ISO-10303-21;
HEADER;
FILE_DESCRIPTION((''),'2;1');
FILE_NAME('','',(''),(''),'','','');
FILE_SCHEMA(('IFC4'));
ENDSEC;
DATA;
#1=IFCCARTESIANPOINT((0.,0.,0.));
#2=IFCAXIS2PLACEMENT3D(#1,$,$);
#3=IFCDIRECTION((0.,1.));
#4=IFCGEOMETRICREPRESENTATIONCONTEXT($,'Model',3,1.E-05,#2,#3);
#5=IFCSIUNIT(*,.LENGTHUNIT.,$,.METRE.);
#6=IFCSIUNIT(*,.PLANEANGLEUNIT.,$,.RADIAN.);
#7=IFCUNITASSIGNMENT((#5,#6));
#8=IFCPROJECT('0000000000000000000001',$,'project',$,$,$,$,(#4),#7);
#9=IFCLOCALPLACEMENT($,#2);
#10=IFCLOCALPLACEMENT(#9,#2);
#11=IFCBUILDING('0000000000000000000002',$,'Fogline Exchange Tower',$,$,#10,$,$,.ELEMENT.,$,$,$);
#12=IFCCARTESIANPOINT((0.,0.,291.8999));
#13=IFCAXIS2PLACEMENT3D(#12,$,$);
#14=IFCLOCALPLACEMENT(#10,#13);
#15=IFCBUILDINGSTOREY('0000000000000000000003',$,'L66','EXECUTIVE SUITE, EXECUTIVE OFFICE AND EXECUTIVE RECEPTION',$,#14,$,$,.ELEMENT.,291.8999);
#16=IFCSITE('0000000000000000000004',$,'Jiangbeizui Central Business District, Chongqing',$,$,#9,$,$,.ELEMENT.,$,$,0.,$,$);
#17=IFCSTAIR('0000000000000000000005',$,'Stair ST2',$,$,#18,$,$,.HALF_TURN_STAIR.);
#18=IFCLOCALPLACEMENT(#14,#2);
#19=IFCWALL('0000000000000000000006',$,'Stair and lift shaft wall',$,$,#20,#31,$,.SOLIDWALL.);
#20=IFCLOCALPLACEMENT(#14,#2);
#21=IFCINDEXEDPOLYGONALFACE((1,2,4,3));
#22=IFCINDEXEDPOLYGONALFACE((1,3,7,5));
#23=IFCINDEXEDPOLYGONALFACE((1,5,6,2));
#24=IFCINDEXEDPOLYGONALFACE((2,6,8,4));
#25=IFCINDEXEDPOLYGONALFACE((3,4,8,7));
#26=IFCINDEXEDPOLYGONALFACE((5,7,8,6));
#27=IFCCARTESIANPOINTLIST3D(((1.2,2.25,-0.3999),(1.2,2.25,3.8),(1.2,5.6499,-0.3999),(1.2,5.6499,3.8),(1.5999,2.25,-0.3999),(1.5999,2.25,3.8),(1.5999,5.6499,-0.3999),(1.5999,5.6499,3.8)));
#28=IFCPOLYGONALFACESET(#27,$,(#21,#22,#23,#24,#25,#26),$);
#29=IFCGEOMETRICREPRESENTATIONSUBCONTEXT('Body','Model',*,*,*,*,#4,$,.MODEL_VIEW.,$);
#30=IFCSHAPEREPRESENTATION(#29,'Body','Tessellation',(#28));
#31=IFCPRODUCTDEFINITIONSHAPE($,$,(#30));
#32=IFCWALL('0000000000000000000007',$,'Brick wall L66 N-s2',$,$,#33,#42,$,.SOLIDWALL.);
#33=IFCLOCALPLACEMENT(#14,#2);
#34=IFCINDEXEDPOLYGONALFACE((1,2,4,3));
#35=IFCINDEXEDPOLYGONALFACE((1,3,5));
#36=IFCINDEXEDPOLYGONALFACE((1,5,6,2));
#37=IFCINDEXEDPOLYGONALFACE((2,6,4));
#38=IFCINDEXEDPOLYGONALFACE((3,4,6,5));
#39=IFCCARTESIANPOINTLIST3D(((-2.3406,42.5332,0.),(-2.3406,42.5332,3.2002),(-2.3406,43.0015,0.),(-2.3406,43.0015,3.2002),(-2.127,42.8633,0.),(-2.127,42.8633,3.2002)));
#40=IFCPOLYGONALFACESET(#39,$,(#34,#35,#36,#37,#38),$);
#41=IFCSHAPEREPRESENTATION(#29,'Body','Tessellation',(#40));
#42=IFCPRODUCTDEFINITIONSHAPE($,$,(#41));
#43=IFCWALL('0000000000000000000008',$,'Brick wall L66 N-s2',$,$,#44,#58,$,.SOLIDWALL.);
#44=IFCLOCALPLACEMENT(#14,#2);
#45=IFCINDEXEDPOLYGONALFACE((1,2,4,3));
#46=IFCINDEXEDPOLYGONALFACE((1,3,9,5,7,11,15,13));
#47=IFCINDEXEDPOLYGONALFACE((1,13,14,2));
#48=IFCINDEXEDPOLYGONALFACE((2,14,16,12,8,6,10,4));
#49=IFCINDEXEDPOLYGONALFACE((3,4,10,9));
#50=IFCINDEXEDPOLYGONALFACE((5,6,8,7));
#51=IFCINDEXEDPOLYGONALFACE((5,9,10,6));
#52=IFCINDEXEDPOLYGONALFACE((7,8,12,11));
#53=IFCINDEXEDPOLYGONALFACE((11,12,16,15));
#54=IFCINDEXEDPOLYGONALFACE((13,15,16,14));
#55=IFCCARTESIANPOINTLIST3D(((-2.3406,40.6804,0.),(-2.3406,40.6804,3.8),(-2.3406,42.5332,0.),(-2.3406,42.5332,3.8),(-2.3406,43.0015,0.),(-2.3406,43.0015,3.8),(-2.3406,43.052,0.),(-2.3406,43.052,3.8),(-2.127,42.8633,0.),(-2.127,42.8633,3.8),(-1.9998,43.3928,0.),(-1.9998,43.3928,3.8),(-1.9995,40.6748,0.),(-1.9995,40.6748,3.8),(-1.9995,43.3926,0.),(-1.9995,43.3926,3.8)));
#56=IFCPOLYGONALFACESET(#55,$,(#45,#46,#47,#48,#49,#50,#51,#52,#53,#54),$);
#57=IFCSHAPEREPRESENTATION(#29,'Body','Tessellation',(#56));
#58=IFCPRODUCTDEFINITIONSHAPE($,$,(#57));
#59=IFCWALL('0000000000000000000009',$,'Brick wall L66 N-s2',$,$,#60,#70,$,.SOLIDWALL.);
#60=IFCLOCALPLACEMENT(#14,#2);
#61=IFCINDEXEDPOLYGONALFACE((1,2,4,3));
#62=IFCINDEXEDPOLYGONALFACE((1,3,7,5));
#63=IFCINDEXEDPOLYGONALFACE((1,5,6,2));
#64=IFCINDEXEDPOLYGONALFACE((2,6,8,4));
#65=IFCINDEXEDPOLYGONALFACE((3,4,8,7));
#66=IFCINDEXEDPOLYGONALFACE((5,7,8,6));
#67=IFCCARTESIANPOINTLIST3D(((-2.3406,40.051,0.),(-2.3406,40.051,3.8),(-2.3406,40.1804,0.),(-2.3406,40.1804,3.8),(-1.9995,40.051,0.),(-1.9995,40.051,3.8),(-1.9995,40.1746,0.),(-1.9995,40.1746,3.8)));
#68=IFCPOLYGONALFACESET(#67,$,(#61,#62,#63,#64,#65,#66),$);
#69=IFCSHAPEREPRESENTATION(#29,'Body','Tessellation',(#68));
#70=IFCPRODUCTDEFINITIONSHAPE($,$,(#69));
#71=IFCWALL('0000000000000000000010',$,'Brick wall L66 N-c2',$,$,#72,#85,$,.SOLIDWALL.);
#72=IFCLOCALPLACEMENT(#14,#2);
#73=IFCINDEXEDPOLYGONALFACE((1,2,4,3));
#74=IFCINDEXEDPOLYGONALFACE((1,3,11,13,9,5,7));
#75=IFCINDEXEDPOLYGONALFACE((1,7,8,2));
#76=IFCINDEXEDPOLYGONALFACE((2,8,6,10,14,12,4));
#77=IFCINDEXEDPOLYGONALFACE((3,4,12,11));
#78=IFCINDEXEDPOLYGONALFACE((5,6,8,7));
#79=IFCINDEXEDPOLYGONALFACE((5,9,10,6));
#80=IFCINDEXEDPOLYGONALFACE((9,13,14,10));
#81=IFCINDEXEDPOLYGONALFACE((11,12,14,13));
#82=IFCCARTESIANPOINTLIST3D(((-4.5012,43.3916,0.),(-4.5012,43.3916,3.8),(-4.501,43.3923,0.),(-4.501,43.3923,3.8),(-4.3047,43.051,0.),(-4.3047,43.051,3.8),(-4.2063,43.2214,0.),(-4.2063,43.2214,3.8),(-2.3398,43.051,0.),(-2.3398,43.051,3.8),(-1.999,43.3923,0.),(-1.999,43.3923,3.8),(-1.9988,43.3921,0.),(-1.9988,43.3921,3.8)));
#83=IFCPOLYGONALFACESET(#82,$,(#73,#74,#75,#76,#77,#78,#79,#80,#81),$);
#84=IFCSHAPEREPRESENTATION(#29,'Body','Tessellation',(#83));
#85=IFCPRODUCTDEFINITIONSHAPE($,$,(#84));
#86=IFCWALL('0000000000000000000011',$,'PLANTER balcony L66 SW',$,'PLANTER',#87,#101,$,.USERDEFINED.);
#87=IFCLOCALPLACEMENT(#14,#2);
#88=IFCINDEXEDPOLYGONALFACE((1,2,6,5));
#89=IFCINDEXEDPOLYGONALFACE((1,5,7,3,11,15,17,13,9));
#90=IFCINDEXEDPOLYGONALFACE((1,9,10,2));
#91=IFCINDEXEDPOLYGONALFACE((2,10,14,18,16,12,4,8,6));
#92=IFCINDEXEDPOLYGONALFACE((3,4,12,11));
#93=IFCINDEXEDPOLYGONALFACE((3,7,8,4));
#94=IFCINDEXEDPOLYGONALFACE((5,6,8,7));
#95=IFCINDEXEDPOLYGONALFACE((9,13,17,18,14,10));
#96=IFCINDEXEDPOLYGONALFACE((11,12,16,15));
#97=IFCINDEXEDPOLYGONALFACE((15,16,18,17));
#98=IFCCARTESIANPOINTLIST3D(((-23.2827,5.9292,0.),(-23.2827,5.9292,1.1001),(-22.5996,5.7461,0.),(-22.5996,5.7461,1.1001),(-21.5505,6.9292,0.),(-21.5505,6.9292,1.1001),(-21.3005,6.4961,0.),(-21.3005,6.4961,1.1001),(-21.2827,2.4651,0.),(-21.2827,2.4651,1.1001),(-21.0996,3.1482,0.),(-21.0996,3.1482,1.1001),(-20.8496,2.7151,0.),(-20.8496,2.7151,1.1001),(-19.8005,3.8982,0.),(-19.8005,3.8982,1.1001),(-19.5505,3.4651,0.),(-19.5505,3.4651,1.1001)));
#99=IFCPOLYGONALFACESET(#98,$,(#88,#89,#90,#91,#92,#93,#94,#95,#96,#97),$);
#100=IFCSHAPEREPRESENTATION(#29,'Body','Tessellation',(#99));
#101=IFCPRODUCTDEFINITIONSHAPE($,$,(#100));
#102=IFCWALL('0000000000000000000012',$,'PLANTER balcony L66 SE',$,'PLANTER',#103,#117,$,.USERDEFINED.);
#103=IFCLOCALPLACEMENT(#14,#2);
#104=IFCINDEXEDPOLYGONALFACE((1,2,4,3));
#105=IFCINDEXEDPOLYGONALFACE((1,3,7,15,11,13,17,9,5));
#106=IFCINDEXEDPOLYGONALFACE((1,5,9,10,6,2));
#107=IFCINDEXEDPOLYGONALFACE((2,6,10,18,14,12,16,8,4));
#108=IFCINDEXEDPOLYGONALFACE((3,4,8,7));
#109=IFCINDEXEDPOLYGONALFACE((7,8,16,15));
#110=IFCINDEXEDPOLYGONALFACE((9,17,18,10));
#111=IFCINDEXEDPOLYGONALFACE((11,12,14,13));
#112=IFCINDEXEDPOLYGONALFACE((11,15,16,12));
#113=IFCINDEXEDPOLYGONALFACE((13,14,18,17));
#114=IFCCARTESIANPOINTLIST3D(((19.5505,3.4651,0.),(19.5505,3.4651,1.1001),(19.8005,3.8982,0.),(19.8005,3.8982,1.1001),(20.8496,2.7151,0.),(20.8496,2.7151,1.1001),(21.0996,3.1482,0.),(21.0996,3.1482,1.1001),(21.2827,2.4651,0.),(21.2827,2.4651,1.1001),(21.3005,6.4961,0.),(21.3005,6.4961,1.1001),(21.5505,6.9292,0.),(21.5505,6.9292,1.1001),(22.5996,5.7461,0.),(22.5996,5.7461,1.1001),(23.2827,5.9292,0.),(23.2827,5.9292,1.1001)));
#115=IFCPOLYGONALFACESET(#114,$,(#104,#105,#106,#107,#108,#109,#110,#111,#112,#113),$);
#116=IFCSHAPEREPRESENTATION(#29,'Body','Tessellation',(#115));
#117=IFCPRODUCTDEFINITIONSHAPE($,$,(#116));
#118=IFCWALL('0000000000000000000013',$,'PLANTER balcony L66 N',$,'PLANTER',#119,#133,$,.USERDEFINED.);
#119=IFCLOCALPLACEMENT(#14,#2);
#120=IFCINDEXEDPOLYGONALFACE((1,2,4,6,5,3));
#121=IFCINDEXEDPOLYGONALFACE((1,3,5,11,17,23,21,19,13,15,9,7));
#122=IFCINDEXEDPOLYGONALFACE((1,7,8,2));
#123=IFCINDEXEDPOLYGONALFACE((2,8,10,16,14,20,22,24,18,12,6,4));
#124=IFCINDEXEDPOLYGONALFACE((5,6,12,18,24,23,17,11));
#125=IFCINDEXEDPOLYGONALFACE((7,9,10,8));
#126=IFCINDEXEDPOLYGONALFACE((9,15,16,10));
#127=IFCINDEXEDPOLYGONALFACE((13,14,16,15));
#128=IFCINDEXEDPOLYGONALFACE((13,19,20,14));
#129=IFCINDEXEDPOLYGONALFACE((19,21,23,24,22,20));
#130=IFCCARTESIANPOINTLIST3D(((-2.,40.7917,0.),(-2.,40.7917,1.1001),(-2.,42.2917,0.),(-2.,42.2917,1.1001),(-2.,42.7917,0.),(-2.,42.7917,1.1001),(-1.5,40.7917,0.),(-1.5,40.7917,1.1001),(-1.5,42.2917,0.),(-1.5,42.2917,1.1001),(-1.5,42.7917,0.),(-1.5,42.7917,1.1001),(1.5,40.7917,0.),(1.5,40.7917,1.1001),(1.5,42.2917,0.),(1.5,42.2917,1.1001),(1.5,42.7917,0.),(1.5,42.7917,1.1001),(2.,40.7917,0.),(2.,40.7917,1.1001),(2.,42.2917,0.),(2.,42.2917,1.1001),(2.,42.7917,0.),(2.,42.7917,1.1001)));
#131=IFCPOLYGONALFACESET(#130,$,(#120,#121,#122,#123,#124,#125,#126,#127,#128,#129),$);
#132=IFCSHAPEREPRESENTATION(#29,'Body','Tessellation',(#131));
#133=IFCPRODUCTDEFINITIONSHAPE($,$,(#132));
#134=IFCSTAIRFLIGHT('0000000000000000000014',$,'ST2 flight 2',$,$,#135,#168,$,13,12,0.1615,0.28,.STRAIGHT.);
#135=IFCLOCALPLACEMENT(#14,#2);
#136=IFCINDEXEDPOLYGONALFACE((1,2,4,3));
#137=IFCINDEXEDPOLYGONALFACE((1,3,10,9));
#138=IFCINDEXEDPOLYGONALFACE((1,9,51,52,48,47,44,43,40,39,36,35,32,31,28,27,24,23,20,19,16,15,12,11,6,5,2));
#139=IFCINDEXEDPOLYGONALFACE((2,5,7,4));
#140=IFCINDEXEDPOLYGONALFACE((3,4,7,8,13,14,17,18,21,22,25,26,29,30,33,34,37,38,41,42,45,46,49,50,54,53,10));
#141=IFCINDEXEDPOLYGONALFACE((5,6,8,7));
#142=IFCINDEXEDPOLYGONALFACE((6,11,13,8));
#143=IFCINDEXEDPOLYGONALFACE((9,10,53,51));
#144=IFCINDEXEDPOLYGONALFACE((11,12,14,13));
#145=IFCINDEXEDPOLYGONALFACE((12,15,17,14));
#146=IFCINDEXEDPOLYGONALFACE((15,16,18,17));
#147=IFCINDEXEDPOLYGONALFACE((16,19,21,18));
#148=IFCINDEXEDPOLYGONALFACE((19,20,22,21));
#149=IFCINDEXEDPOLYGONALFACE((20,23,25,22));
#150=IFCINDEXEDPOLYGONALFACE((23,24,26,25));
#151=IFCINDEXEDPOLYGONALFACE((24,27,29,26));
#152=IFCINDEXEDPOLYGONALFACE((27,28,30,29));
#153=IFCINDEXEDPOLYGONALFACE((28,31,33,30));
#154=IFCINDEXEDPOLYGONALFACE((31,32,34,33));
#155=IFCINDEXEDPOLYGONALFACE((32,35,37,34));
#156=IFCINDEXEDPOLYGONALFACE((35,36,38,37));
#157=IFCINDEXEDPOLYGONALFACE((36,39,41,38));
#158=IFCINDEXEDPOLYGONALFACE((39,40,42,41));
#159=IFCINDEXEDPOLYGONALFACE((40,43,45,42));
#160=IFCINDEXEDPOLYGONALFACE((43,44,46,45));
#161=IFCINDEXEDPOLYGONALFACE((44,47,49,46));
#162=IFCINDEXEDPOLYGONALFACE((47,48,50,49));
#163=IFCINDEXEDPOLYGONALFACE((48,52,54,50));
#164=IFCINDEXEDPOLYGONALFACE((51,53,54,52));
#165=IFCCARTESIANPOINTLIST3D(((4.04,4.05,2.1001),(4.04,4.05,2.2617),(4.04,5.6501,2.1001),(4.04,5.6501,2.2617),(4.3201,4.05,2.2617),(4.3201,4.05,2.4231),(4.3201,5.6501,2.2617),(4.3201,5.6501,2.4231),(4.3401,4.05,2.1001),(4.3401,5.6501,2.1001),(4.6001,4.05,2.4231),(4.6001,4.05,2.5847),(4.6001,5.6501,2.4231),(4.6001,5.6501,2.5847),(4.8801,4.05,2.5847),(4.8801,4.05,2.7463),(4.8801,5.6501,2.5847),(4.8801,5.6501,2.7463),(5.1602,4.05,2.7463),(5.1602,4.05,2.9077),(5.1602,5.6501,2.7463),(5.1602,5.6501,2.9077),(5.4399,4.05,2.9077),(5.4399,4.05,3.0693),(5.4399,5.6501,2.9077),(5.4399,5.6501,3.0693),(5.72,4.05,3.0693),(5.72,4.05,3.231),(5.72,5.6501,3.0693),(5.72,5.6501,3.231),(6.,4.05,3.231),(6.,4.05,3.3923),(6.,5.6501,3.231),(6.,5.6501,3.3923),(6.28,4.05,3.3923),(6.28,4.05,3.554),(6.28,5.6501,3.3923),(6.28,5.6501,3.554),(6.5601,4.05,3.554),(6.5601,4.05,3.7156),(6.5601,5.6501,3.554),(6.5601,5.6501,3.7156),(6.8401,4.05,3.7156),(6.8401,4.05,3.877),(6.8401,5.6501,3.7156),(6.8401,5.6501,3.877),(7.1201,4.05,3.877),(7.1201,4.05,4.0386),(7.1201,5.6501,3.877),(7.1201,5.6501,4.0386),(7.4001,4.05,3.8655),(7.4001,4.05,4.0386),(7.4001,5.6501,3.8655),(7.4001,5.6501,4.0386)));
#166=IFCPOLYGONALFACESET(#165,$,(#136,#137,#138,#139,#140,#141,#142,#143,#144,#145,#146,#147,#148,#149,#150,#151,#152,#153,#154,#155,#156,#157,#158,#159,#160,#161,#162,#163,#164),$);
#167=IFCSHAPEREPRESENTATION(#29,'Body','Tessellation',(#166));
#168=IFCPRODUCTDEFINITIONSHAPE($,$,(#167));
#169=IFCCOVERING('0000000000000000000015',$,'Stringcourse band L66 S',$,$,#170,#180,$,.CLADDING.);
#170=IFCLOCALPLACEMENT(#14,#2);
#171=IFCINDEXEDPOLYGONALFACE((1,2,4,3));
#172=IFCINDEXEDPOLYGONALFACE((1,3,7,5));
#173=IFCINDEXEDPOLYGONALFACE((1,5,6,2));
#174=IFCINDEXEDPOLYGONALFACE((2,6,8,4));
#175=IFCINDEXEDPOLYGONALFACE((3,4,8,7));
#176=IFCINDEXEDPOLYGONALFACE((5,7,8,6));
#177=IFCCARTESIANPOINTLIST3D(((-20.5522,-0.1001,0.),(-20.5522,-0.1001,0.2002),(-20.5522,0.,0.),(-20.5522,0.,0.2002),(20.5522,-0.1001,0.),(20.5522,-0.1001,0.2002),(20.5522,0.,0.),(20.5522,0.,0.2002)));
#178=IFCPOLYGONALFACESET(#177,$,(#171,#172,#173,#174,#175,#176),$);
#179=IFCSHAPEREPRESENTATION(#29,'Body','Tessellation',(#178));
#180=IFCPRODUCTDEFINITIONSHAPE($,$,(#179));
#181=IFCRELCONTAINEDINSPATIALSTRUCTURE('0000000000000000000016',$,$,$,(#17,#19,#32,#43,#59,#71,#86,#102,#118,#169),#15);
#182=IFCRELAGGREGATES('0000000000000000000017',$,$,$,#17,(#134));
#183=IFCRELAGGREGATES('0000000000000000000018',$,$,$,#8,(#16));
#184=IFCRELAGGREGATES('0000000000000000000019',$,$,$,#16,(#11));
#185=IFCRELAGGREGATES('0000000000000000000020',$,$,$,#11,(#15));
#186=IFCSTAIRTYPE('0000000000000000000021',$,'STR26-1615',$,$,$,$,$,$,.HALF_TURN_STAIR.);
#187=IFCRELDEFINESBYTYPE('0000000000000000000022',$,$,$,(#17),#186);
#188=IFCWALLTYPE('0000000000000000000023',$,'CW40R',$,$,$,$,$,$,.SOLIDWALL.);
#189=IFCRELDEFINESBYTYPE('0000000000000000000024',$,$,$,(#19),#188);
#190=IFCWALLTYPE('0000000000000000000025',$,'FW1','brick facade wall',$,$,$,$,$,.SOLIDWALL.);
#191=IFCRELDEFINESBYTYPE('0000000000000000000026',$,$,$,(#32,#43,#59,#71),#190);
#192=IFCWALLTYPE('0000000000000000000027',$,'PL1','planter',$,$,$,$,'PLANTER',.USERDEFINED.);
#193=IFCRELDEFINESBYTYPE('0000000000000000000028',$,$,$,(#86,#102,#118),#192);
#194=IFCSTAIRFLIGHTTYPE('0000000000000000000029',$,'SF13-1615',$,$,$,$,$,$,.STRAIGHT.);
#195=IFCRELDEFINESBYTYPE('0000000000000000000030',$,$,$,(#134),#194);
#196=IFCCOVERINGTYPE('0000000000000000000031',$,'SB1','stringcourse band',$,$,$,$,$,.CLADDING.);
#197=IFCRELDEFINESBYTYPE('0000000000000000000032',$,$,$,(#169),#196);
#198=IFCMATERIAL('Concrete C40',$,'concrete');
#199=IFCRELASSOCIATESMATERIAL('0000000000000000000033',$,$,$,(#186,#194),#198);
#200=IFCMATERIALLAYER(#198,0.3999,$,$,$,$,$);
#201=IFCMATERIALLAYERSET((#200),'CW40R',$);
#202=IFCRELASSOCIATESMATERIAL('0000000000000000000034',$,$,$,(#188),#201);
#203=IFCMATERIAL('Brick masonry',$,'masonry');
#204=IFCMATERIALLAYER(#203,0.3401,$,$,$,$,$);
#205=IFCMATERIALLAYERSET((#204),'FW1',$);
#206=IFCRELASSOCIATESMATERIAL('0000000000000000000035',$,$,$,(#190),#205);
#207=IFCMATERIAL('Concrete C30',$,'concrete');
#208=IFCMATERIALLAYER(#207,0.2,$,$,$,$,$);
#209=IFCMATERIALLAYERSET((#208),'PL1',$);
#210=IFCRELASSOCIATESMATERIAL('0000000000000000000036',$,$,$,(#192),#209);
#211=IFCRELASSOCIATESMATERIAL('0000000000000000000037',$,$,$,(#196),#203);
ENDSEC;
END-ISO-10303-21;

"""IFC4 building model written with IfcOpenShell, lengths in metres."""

from ifc_helpers import new_model, si_unit, direction, frame, frame_2d, origin, place, context, subcontext, project, spatial, polyline, rectangle, outline, extrude, material, layer, layer_set, type_object, element, aggregate, save


model = new_model("IFC4")

# Units and contexts
model_context = context("Model", 3, precision=1e-05, world=origin(), true_north=direction((0.0, 1.0)))
body_context = subcontext(model_context, "Body", "Model", "MODEL_VIEW")
ifc_project = project(units=[si_unit("LENGTHUNIT", "METRE"), si_unit("PLANEANGLEUNIT", "RADIAN")], contexts=[model_context])

# Site, building, storey
site_placement = place(None, origin())
site = spatial("IfcSite", under=ifc_project, at=site_placement, Name="Jiangbeizui Central Business District, Chongqing", CompositionType="ELEMENT", RefElevation=0.0)
building_placement = place(site_placement, origin())
building = spatial("IfcBuilding", under=site, at=building_placement, Name="Fogline Exchange Tower", CompositionType="ELEMENT")
storey_placement = place(building_placement, frame((0.0, 0.0, 291.8999)))
storey = spatial("IfcBuildingStorey", under=building, at=storey_placement, Name="L66", Description="EXECUTIVE SUITE, EXECUTIVE OFFICE AND EXECUTIVE RECEPTION", CompositionType="ELEMENT", Elevation=291.8999)

# Shared definitions
ifc_material_1 = material(Name="Concrete C40", Category="concrete")

# Stair
stair_type = type_object("IfcStairType", Name="STR26-1615", PredefinedType="HALF_TURN_STAIR", material=ifc_material_1)
stair_1_placement = place(storey_placement, origin())
stair_1 = element("IfcStair", 1, at=stair_1_placement, inside=storey, type_object=stair_type, Name="Stair ST2", PredefinedType="HALF_TURN_STAIR")

# Walls
ifc_layer_1 = layer(ifc_material_1, 0.3999)
ifc_layer_set_1 = layer_set([ifc_layer_1], Name="CW40R")
wall_type_1 = type_object("IfcWallType", Name="CW40R", PredefinedType="SOLIDWALL", material=ifc_layer_set_1)
wall_1_placement = place(storey_placement, frame((1.3999, 2.25, -0.3999), z_axis=(0.0, 0.0, 1.0), x_axis=(0.0, 1.0, 0.0)))
element("IfcWall", 2, at=wall_1_placement, inside=storey, type_object=wall_type_1, Name="Stair and lift shaft wall", PredefinedType="SOLIDWALL", context=body_context, shape_type="SweptSolid", body=[
    extrude(rectangle(XDim=3.3999, YDim=0.3999, at=frame_2d((1.7, 0.0))), origin(), (0.0, 0.0, 1.0), 4.2),
])
ifc_material_2 = material(Name="Brick masonry", Category="masonry")
ifc_layer_2 = layer(ifc_material_2, 0.3401)
ifc_layer_set_2 = layer_set([ifc_layer_2], Name="FW1")
wall_type_2 = type_object("IfcWallType", Name="FW1", Description="brick facade wall", PredefinedType="SOLIDWALL", material=ifc_layer_set_2)
wall_2_placement = place(storey_placement, origin())
element("IfcWall", 3, at=wall_2_placement, inside=storey, type_object=wall_type_2, Name="Brick wall L66 N-s2", PredefinedType="SOLIDWALL", context=body_context, shape_type="SweptSolid", body=[
    extrude(outline(polyline([(-2.3406, 43.0015), (-2.127, 42.8633), (-2.3406, 42.5332), (-2.3406, 43.0015)])), origin(), (0.0, 0.0, 1.0), 3.2002),
])
wall_3_placement = place(storey_placement, origin())
element("IfcWall", 4, at=wall_3_placement, inside=storey, type_object=wall_type_2, Name="Brick wall L66 N-s2", PredefinedType="SOLIDWALL", context=body_context, shape_type="SweptSolid", body=[
    extrude(outline(polyline([(-2.3406, 40.6804), (-2.3406, 42.5332), (-2.127, 42.8633), (-2.3406, 43.0015), (-2.3406, 43.052), (-1.9998, 43.3928), (-1.9995, 43.3926), (-1.9995, 40.6748), (-2.3406, 40.6804)])), origin(), (0.0, 0.0, 1.0), 3.8),
])
wall_4_placement = place(storey_placement, origin())
element("IfcWall", 5, at=wall_4_placement, inside=storey, type_object=wall_type_2, Name="Brick wall L66 N-s2", PredefinedType="SOLIDWALL", context=body_context, shape_type="SweptSolid", body=[
    extrude(outline(polyline([(-2.3406, 40.051), (-2.3406, 40.1804), (-1.9995, 40.1746), (-1.9995, 40.051), (-2.3406, 40.051)])), origin(), (0.0, 0.0, 1.0), 3.8),
])
wall_5_placement = place(storey_placement, origin())
element("IfcWall", 6, at=wall_5_placement, inside=storey, type_object=wall_type_2, Name="Brick wall L66 N-c2", PredefinedType="SOLIDWALL", context=body_context, shape_type="SweptSolid", body=[
    extrude(outline(polyline([(-4.3047, 43.051), (-4.2063, 43.2214), (-4.5012, 43.3916), (-4.501, 43.3923), (-1.999, 43.3923), (-1.9988, 43.3921), (-2.3398, 43.051), (-4.3047, 43.051)])), origin(), (0.0, 0.0, 1.0), 3.8),
])
ifc_material_3 = material(Name="Concrete C30", Category="concrete")
ifc_layer_3 = layer(ifc_material_3, 0.2)
ifc_layer_set_3 = layer_set([ifc_layer_3], Name="PL1")
wall_type_3 = type_object("IfcWallType", Name="PL1", Description="planter", ElementType="PLANTER", PredefinedType="USERDEFINED", material=ifc_layer_set_3)
wall_6_placement = place(storey_placement, origin())
element("IfcWall", 7, at=wall_6_placement, inside=storey, type_object=wall_type_3, Name="PLANTER balcony L66 SW", ObjectType="PLANTER", PredefinedType="USERDEFINED", context=body_context, shape_type="SweptSolid", body=[
    extrude(outline(polyline([(-19.8005, 3.8982), (-21.0996, 3.1482), (-22.5996, 5.7461), (-21.3005, 6.4961), (-21.5505, 6.9292), (-23.2827, 5.9292), (-21.2827, 2.4651), (-20.8496, 2.7151), (-20.8496, 2.7151), (-19.5505, 3.4651), (-19.8005, 3.8982)])), origin(), (0.0, 0.0, 1.0), 1.1001),
])
wall_7_placement = place(storey_placement, origin())
element("IfcWall", 8, at=wall_7_placement, inside=storey, type_object=wall_type_3, Name="PLANTER balcony L66 SE", ObjectType="PLANTER", PredefinedType="USERDEFINED", context=body_context, shape_type="SweptSolid", body=[
    extrude(outline(polyline([(19.5505, 3.4651), (20.8496, 2.7151), (20.8496, 2.7151), (21.2827, 2.4651), (23.2827, 5.9292), (21.5505, 6.9292), (21.3005, 6.4961), (22.5996, 5.7461), (21.0996, 3.1482), (19.8005, 3.8982), (19.5505, 3.4651)])), origin(), (0.0, 0.0, 1.0), 1.1001),
])
wall_8_placement = place(storey_placement, origin())
element("IfcWall", 9, at=wall_8_placement, inside=storey, type_object=wall_type_3, Name="PLANTER balcony L66 N", ObjectType="PLANTER", PredefinedType="USERDEFINED", context=body_context, shape_type="SweptSolid", body=[
    extrude(outline(polyline([(-1.5, 42.7917), (-2.0, 42.7917), (-2.0, 42.2917), (-2.0, 40.7917), (-1.5, 40.7917), (-1.5, 42.2917), (1.5, 42.2917), (1.5, 40.7917), (2.0, 40.7917), (2.0, 42.2917), (2.0, 42.7917), (1.5, 42.7917), (-1.5, 42.7917)])), origin(), (0.0, 0.0, 1.0), 1.1001),
])

# Stair flight
stair_flight_type = type_object("IfcStairFlightType", Name="SF13-1615", PredefinedType="STRAIGHT", material=ifc_material_1)
stair_flight_placement = place(storey_placement, frame((4.04, 4.8501, 2.1001), z_axis=(0.0, 0.0, 1.0), x_axis=(1.0, 0.0, 0.0)))
stair_flight = element("IfcStairFlight", 10, at=stair_flight_placement, type_object=stair_flight_type, Name="ST2 flight 2", NumberOfRisers=13, NumberOfTreads=12, PredefinedType="STRAIGHT", RiserHeight=0.1615, TreadLength=0.28, context=body_context, shape_type="SweptSolid", body=[
    extrude(outline(polyline([(0.0, 0.0), (0.0, 0.1616), (0.28, 0.1616), (0.28, 0.323), (0.5601, 0.323), (0.5601, 0.4846), (0.8401, 0.4846), (0.8401, 0.6462), (1.1201, 0.6462), (1.1201, 0.8076), (1.3999, 0.8076), (1.3999, 0.9692), (1.6799, 0.9692), (1.6799, 1.1309), (1.96, 1.1309), (1.96, 1.2922), (2.24, 1.2922), (2.24, 1.4539), (2.52, 1.4539), (2.52, 1.6155), (2.8, 1.6155), (2.8, 1.7769), (3.0801, 1.7769), (3.0801, 1.9385), (3.3601, 1.9385), (3.3601, 2.1001), (3.3601, 1.7654), (0.3, 0.0), (0.0, 0.0)])), frame((0.0, 0.8, 0.0), z_axis=(0.0, -1.0, 0.0), x_axis=(1.0, 0.0, 0.0)), (0.0, 0.0, 1.0), 1.6001),
])
aggregate(stair_1, [stair_flight])

# Covering
covering_type = type_object("IfcCoveringType", Name="SB1", Description="stringcourse band", PredefinedType="CLADDING", material=ifc_material_2)
covering_1_placement = place(storey_placement, origin())
element("IfcCovering", 11, at=covering_1_placement, inside=storey, type_object=covering_type, Name="Stringcourse band L66 S", PredefinedType="CLADDING", context=body_context, shape_type="SweptSolid", body=[
    extrude(outline(polyline([(-20.5522, 0.0), (-20.5522, -0.1001), (20.5522, -0.1001), (20.5522, 0.0), (-20.5522, 0.0)])), origin(), (0.0, 0.0, 1.0), 0.2002),
])

save(model, "model.ifc")
